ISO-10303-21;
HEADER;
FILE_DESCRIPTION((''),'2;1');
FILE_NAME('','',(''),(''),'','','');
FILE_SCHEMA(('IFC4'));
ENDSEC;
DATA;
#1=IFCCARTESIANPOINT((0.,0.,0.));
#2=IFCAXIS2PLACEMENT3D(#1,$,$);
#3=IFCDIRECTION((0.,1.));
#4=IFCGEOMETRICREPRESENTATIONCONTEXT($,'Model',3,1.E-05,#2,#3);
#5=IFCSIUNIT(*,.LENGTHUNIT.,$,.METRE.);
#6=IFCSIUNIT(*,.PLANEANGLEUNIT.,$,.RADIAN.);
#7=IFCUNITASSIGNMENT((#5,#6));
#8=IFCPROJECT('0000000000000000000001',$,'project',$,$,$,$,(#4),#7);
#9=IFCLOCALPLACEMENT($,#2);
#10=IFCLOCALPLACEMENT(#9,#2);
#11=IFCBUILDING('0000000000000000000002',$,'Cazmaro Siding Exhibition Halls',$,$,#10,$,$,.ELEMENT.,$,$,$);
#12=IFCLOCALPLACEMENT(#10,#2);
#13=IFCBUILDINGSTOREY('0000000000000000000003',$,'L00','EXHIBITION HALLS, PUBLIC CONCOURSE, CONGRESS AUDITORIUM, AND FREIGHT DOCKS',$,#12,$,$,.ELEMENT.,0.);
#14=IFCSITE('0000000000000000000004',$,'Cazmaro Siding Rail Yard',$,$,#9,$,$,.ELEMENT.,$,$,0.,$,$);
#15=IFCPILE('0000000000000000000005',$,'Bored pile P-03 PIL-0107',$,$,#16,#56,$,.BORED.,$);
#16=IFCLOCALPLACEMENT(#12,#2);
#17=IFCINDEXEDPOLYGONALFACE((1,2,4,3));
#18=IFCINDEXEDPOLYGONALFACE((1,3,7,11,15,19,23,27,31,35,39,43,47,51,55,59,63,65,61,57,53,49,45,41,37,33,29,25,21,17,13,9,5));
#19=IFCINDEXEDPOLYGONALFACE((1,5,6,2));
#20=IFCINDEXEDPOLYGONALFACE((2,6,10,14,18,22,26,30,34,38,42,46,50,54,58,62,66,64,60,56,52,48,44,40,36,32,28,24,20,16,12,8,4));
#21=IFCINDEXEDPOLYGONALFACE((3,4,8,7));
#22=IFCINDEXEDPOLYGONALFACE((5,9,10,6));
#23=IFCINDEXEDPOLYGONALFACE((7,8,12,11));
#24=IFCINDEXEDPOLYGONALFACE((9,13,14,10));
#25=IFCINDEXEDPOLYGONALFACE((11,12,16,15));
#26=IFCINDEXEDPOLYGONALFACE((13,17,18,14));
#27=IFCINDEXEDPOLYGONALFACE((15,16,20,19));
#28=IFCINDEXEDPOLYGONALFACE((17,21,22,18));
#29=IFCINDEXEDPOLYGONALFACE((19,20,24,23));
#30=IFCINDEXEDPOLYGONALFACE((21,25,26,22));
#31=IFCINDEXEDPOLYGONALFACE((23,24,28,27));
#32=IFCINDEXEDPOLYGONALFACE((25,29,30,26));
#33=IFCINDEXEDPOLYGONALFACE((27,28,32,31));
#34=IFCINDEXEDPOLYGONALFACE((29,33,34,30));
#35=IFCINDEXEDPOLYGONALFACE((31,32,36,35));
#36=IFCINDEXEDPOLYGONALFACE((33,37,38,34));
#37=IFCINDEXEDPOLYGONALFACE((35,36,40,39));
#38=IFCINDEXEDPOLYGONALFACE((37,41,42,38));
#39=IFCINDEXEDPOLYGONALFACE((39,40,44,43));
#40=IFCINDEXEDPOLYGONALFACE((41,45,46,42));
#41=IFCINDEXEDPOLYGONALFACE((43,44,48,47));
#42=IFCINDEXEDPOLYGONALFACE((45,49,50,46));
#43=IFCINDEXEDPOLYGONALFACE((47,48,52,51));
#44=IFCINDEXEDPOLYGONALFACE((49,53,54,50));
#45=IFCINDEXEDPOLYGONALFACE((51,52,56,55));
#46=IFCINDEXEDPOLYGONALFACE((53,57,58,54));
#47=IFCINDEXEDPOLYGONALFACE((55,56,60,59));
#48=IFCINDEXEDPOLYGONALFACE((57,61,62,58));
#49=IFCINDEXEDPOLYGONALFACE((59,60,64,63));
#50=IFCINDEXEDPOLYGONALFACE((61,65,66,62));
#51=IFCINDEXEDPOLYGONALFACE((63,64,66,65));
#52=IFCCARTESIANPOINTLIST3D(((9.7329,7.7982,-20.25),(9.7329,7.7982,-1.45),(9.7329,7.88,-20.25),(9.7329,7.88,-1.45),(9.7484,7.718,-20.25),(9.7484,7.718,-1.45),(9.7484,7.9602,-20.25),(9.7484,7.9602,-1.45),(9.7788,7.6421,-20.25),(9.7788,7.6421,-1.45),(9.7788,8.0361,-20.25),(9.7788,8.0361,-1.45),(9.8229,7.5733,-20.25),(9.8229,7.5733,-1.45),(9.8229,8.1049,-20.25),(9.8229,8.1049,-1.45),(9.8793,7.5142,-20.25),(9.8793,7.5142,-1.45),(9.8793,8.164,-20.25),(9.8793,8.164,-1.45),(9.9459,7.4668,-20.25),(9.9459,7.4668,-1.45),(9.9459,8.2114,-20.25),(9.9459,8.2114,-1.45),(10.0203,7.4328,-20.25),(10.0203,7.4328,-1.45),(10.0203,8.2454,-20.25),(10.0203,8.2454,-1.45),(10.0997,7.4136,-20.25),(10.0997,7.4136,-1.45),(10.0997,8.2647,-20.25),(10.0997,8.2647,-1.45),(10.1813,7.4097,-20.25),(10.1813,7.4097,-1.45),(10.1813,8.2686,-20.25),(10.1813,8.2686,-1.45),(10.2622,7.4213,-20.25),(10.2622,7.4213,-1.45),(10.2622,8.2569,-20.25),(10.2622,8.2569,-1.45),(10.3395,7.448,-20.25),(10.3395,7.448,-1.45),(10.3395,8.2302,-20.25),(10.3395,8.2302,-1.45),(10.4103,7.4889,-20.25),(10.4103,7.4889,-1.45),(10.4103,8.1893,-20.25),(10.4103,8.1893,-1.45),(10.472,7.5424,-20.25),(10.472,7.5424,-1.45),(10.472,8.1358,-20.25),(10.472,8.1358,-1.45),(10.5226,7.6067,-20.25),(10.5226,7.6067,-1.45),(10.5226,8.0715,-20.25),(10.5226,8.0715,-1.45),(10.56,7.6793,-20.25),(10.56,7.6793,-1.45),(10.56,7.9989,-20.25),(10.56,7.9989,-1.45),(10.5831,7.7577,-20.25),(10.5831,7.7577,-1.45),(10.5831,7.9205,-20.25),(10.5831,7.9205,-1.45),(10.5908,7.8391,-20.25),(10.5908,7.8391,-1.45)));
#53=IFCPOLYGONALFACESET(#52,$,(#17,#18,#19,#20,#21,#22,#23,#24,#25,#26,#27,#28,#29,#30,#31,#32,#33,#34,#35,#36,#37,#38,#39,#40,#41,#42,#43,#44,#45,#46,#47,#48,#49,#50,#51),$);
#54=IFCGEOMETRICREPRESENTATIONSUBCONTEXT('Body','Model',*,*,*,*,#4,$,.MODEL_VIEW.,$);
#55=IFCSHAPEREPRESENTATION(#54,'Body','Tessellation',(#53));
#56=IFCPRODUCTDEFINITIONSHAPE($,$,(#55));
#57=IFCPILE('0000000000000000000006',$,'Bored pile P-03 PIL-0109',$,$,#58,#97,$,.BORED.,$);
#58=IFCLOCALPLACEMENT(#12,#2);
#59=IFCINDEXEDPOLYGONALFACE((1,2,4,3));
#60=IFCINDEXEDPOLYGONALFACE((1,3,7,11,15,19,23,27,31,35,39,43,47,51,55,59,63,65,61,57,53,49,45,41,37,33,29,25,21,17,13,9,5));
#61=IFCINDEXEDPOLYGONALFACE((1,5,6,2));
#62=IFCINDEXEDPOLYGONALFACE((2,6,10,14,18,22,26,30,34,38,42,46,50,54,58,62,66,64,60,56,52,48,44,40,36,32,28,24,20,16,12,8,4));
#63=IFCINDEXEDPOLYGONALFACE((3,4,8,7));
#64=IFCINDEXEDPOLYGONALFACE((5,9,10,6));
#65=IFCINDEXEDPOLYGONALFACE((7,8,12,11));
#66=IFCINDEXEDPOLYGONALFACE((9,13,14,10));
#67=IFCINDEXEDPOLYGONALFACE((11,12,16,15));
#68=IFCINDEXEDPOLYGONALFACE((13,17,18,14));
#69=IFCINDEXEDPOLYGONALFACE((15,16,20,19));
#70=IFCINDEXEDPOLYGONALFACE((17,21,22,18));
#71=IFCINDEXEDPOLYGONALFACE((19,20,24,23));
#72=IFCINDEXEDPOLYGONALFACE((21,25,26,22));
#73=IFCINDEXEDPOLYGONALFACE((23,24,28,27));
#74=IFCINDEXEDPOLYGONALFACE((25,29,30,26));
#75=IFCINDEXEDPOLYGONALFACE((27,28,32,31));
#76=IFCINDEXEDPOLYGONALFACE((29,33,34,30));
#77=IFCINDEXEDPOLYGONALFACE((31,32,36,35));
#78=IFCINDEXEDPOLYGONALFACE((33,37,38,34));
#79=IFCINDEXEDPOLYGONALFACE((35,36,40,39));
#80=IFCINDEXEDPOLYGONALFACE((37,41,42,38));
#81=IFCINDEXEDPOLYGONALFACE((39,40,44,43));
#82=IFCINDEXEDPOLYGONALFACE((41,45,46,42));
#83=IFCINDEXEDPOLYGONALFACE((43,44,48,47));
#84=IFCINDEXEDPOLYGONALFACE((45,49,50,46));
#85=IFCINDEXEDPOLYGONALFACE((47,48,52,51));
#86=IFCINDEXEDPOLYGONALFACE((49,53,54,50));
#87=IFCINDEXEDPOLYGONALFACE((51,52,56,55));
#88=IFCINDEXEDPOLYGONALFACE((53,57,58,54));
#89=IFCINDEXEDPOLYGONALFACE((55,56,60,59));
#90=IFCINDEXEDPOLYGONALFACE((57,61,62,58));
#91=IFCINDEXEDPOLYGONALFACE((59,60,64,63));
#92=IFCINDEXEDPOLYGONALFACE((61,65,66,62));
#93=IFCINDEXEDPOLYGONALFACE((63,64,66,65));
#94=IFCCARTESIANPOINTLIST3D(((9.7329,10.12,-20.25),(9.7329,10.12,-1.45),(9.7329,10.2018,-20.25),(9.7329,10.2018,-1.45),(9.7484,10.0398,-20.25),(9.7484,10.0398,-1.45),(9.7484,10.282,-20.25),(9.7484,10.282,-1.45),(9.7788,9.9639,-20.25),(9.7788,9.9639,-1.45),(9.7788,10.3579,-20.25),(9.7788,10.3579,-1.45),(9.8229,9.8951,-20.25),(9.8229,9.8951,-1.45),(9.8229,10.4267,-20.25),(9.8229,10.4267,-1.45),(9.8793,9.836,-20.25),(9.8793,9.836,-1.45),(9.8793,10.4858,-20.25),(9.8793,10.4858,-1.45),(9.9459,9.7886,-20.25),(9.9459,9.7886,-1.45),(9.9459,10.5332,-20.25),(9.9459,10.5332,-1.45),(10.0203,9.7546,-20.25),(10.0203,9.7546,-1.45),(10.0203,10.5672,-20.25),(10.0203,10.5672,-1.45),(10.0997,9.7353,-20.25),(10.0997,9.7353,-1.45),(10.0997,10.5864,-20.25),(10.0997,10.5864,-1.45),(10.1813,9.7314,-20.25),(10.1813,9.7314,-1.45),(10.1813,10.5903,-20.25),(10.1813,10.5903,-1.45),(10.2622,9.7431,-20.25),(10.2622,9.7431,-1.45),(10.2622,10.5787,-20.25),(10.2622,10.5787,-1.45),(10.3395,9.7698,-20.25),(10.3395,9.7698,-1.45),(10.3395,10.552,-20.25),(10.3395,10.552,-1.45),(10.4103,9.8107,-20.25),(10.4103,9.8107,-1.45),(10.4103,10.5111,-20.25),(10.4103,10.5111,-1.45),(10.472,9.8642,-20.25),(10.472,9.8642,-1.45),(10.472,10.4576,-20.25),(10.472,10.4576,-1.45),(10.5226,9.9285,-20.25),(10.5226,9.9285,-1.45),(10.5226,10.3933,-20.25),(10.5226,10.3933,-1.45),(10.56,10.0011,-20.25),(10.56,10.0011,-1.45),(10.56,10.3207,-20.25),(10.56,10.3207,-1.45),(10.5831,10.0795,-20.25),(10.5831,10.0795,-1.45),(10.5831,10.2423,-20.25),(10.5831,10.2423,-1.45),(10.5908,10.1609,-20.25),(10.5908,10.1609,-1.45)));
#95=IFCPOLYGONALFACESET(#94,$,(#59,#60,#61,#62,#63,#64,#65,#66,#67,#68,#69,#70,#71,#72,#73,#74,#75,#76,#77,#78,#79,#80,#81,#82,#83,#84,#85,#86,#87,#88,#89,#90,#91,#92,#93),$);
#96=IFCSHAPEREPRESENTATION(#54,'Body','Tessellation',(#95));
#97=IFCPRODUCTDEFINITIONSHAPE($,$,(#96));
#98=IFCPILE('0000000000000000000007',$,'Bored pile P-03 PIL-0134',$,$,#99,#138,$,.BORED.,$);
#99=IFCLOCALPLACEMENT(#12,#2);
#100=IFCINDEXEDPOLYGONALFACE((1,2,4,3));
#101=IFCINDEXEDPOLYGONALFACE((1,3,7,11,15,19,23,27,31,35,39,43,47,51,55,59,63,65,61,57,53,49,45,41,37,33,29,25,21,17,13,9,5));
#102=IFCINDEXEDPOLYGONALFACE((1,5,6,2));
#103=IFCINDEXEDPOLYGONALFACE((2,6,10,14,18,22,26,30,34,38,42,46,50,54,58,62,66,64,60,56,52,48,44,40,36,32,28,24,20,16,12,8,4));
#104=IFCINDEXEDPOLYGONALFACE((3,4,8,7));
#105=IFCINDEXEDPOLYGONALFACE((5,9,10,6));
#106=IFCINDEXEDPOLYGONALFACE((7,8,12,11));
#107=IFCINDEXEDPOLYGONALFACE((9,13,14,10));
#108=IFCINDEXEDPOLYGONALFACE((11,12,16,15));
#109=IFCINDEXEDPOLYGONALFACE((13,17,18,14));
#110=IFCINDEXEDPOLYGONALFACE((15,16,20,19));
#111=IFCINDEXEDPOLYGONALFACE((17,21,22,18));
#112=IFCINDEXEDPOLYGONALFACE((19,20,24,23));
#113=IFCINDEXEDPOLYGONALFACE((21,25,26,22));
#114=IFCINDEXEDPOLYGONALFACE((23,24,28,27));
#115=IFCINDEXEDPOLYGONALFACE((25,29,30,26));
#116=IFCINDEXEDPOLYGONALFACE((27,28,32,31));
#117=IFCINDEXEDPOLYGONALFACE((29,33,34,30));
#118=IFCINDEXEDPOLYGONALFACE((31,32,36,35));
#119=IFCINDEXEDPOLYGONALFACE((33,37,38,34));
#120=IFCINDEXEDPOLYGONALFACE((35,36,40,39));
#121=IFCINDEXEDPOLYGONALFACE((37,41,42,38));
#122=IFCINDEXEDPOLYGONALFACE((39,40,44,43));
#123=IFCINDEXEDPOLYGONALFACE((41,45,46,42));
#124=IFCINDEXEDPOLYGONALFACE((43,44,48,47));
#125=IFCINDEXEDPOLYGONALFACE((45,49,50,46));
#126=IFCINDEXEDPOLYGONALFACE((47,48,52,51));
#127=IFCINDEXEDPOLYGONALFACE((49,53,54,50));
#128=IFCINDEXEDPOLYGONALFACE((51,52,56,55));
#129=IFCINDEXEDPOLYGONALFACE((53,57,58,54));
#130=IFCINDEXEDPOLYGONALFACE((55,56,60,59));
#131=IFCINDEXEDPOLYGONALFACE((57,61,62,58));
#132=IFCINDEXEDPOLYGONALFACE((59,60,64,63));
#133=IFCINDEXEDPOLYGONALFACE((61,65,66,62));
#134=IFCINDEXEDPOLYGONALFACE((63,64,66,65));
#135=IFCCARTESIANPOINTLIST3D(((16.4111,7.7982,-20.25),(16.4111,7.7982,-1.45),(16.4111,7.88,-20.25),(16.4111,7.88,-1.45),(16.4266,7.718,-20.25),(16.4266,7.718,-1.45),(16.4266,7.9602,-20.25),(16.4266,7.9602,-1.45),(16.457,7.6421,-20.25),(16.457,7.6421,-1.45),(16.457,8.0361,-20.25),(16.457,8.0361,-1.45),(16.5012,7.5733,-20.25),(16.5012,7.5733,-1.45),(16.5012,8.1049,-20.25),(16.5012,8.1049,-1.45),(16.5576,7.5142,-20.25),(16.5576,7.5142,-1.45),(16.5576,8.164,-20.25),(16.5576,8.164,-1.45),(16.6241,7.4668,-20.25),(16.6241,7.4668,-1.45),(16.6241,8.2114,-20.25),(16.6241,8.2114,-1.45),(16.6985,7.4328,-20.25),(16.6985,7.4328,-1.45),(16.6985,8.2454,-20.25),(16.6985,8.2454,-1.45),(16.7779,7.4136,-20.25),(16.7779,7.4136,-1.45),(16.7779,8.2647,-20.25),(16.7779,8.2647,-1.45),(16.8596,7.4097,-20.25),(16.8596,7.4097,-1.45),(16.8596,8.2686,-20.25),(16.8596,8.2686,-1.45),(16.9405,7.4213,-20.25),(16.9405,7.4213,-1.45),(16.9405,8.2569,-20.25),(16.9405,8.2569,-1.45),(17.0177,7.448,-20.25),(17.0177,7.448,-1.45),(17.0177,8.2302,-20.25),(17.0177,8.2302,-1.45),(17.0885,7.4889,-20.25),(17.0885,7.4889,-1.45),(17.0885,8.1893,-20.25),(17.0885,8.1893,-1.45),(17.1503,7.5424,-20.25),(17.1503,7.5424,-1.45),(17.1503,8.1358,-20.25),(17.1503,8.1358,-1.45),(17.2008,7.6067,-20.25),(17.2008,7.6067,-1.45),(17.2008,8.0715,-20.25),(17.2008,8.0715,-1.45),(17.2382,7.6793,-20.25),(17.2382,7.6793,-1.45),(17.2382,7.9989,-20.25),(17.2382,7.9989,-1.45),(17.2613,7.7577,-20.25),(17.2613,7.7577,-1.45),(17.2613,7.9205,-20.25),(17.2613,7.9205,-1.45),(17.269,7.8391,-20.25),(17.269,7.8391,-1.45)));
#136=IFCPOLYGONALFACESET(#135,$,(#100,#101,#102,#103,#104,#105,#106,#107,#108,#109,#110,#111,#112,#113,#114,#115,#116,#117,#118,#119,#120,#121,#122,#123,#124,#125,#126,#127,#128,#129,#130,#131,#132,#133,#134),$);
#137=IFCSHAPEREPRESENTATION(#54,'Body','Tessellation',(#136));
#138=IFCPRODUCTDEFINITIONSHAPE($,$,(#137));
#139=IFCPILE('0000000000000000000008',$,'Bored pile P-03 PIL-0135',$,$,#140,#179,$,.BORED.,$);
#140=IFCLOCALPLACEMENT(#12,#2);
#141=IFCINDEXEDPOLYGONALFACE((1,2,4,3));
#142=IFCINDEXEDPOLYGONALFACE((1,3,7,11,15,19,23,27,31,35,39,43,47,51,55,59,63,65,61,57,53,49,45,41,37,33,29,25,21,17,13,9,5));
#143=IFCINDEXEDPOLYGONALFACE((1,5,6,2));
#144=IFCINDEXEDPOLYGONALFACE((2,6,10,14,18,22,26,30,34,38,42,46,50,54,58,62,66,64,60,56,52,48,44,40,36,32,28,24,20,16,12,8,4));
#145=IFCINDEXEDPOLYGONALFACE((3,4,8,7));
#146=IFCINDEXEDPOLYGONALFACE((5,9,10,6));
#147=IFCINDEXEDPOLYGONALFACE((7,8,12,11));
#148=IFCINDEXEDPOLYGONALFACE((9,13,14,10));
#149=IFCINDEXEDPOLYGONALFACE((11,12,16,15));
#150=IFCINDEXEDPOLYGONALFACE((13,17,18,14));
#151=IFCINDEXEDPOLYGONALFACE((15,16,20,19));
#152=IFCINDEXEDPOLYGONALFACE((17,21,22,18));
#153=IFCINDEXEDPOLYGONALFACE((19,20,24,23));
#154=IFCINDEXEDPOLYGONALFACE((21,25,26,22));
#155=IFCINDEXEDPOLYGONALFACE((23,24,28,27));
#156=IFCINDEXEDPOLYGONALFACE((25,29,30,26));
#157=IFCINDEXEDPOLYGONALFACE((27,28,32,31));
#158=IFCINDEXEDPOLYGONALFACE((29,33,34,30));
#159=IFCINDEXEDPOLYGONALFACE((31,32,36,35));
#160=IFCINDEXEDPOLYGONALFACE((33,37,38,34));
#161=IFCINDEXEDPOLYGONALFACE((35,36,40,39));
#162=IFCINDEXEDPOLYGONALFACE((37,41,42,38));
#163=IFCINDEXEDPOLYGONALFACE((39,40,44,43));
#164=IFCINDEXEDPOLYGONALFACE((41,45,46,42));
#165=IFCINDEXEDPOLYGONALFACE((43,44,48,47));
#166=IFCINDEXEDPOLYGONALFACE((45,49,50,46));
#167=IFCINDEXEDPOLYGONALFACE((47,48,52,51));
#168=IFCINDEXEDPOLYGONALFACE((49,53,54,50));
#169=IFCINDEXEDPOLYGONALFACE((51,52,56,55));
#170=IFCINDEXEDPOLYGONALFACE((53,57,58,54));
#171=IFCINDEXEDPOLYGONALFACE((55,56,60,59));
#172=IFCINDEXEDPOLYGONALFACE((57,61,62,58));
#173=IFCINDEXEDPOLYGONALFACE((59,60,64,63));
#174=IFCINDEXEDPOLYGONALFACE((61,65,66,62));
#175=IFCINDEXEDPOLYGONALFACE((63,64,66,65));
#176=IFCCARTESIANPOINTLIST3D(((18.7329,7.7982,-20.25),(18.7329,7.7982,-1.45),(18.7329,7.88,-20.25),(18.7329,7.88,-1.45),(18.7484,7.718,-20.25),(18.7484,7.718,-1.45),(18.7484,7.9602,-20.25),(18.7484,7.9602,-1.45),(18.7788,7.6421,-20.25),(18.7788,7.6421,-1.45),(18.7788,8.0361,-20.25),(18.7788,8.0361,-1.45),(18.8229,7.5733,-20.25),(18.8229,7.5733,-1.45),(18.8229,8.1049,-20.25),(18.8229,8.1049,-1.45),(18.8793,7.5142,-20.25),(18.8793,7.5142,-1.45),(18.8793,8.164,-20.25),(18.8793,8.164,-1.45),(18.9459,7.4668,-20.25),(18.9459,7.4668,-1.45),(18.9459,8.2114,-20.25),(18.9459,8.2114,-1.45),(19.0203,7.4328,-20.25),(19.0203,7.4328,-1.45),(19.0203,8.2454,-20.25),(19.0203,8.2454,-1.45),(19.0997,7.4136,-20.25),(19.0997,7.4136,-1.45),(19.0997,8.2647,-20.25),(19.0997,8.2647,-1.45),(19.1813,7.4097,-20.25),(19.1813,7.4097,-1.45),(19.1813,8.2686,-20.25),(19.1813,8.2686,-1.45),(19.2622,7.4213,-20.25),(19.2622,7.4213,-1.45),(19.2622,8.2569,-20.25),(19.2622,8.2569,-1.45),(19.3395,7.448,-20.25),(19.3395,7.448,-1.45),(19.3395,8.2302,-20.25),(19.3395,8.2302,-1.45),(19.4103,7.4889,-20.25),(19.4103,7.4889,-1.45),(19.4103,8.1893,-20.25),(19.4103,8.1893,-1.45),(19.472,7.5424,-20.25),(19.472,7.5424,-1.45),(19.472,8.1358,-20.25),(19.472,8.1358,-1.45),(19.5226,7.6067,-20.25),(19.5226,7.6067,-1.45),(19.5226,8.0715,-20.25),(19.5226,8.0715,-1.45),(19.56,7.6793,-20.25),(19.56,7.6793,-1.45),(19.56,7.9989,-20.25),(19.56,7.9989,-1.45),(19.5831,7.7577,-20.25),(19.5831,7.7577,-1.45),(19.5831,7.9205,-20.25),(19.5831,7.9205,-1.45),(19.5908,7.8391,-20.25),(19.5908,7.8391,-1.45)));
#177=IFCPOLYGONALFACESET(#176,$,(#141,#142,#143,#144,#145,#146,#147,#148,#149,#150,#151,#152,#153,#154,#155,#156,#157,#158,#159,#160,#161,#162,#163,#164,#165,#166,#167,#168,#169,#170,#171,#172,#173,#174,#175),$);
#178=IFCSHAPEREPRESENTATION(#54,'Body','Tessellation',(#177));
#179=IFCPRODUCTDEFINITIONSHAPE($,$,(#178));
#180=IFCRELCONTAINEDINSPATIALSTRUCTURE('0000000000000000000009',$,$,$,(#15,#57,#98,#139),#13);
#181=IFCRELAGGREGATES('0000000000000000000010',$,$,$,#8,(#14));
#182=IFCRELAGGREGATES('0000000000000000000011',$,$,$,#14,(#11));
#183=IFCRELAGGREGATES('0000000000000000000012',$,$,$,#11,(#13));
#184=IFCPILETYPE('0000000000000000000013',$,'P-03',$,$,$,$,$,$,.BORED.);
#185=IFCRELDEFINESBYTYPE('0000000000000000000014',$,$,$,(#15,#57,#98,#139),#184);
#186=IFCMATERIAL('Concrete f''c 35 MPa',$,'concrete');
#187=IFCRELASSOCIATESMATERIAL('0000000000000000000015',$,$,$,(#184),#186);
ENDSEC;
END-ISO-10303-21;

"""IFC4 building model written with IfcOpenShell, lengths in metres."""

from ifc_helpers import new_model, si_unit, direction, frame, origin, origin_2d, place, context, subcontext, project, spatial, circle, extrude, material, material_profile, profile_set, type_object, element, save


model = new_model("IFC4")

# Units and contexts
model_context = context("Model", 3, precision=1e-05, world=origin(), true_north=direction((0.0, 1.0)))
body_context = subcontext(model_context, "Body", "Model", "MODEL_VIEW")
ifc_project = project(units=[si_unit("LENGTHUNIT", "METRE"), si_unit("PLANEANGLEUNIT", "RADIAN")], contexts=[model_context])

# Site, building, storey
site_placement = place(None, origin())
site = spatial("IfcSite", under=ifc_project, at=site_placement, Name="Cazmaro Siding Rail Yard", CompositionType="ELEMENT", RefElevation=0.0)
building_placement = place(site_placement, origin())
building = spatial("IfcBuilding", under=site, at=building_placement, Name="Cazmaro Siding Exhibition Halls", CompositionType="ELEMENT")
storey_placement = place(building_placement, origin())
storey = spatial("IfcBuildingStorey", under=building, at=storey_placement, Name="L00", Description="EXHIBITION HALLS, PUBLIC CONCOURSE, CONGRESS AUDITORIUM, AND FREIGHT DOCKS", CompositionType="ELEMENT", Elevation=0.0)

# Piles
ifc_material_1 = material(Name="Concrete f'c 35 MPa", Category="concrete")
ifc_material_profile_1 = material_profile(ifc_material_1, circle(Radius=0.4299, at=origin_2d()), Name="CIDH-860")
ifc_profile_set_1 = profile_set([ifc_material_profile_1], Name="Concrete f'c 35 MPa")
pile_type = type_object("IfcPileType", Name="P-03", PredefinedType="BORED", material=ifc_profile_set_1)
for number, where, z_axis, x_axis, name in (
    (1, (10.1609, 7.8391, -1.45), (0.0, 0.0, -1.0), (1.0, 0.0, 0.0), "Bored pile P-03 PIL-0107"),
    (2, (10.1609, 10.1609, -1.45), (0.0, 0.0, -1.0), (1.0, 0.0, 0.0), "Bored pile P-03 PIL-0109"),
    (3, (16.8391, 7.8391, -1.45), (0.0, 0.0, -1.0), (1.0, 0.0, 0.0), "Bored pile P-03 PIL-0134"),
    (4, (19.1609, 7.8391, -1.45), (0.0, 0.0, -1.0), (1.0, 0.0, 0.0), "Bored pile P-03 PIL-0135"),
):
    element("IfcPile", number, at=place(storey_placement, frame(where, z_axis=z_axis, x_axis=x_axis)), inside=storey, type_object=pile_type, Name=name, PredefinedType="BORED", context=body_context, shape_type="SweptSolid", body=[
        extrude(circle(Radius=0.4299, at=origin_2d()), origin(), (0.0, 0.0, 1.0), 18.8),
    ])

save(model, "model.ifc")
